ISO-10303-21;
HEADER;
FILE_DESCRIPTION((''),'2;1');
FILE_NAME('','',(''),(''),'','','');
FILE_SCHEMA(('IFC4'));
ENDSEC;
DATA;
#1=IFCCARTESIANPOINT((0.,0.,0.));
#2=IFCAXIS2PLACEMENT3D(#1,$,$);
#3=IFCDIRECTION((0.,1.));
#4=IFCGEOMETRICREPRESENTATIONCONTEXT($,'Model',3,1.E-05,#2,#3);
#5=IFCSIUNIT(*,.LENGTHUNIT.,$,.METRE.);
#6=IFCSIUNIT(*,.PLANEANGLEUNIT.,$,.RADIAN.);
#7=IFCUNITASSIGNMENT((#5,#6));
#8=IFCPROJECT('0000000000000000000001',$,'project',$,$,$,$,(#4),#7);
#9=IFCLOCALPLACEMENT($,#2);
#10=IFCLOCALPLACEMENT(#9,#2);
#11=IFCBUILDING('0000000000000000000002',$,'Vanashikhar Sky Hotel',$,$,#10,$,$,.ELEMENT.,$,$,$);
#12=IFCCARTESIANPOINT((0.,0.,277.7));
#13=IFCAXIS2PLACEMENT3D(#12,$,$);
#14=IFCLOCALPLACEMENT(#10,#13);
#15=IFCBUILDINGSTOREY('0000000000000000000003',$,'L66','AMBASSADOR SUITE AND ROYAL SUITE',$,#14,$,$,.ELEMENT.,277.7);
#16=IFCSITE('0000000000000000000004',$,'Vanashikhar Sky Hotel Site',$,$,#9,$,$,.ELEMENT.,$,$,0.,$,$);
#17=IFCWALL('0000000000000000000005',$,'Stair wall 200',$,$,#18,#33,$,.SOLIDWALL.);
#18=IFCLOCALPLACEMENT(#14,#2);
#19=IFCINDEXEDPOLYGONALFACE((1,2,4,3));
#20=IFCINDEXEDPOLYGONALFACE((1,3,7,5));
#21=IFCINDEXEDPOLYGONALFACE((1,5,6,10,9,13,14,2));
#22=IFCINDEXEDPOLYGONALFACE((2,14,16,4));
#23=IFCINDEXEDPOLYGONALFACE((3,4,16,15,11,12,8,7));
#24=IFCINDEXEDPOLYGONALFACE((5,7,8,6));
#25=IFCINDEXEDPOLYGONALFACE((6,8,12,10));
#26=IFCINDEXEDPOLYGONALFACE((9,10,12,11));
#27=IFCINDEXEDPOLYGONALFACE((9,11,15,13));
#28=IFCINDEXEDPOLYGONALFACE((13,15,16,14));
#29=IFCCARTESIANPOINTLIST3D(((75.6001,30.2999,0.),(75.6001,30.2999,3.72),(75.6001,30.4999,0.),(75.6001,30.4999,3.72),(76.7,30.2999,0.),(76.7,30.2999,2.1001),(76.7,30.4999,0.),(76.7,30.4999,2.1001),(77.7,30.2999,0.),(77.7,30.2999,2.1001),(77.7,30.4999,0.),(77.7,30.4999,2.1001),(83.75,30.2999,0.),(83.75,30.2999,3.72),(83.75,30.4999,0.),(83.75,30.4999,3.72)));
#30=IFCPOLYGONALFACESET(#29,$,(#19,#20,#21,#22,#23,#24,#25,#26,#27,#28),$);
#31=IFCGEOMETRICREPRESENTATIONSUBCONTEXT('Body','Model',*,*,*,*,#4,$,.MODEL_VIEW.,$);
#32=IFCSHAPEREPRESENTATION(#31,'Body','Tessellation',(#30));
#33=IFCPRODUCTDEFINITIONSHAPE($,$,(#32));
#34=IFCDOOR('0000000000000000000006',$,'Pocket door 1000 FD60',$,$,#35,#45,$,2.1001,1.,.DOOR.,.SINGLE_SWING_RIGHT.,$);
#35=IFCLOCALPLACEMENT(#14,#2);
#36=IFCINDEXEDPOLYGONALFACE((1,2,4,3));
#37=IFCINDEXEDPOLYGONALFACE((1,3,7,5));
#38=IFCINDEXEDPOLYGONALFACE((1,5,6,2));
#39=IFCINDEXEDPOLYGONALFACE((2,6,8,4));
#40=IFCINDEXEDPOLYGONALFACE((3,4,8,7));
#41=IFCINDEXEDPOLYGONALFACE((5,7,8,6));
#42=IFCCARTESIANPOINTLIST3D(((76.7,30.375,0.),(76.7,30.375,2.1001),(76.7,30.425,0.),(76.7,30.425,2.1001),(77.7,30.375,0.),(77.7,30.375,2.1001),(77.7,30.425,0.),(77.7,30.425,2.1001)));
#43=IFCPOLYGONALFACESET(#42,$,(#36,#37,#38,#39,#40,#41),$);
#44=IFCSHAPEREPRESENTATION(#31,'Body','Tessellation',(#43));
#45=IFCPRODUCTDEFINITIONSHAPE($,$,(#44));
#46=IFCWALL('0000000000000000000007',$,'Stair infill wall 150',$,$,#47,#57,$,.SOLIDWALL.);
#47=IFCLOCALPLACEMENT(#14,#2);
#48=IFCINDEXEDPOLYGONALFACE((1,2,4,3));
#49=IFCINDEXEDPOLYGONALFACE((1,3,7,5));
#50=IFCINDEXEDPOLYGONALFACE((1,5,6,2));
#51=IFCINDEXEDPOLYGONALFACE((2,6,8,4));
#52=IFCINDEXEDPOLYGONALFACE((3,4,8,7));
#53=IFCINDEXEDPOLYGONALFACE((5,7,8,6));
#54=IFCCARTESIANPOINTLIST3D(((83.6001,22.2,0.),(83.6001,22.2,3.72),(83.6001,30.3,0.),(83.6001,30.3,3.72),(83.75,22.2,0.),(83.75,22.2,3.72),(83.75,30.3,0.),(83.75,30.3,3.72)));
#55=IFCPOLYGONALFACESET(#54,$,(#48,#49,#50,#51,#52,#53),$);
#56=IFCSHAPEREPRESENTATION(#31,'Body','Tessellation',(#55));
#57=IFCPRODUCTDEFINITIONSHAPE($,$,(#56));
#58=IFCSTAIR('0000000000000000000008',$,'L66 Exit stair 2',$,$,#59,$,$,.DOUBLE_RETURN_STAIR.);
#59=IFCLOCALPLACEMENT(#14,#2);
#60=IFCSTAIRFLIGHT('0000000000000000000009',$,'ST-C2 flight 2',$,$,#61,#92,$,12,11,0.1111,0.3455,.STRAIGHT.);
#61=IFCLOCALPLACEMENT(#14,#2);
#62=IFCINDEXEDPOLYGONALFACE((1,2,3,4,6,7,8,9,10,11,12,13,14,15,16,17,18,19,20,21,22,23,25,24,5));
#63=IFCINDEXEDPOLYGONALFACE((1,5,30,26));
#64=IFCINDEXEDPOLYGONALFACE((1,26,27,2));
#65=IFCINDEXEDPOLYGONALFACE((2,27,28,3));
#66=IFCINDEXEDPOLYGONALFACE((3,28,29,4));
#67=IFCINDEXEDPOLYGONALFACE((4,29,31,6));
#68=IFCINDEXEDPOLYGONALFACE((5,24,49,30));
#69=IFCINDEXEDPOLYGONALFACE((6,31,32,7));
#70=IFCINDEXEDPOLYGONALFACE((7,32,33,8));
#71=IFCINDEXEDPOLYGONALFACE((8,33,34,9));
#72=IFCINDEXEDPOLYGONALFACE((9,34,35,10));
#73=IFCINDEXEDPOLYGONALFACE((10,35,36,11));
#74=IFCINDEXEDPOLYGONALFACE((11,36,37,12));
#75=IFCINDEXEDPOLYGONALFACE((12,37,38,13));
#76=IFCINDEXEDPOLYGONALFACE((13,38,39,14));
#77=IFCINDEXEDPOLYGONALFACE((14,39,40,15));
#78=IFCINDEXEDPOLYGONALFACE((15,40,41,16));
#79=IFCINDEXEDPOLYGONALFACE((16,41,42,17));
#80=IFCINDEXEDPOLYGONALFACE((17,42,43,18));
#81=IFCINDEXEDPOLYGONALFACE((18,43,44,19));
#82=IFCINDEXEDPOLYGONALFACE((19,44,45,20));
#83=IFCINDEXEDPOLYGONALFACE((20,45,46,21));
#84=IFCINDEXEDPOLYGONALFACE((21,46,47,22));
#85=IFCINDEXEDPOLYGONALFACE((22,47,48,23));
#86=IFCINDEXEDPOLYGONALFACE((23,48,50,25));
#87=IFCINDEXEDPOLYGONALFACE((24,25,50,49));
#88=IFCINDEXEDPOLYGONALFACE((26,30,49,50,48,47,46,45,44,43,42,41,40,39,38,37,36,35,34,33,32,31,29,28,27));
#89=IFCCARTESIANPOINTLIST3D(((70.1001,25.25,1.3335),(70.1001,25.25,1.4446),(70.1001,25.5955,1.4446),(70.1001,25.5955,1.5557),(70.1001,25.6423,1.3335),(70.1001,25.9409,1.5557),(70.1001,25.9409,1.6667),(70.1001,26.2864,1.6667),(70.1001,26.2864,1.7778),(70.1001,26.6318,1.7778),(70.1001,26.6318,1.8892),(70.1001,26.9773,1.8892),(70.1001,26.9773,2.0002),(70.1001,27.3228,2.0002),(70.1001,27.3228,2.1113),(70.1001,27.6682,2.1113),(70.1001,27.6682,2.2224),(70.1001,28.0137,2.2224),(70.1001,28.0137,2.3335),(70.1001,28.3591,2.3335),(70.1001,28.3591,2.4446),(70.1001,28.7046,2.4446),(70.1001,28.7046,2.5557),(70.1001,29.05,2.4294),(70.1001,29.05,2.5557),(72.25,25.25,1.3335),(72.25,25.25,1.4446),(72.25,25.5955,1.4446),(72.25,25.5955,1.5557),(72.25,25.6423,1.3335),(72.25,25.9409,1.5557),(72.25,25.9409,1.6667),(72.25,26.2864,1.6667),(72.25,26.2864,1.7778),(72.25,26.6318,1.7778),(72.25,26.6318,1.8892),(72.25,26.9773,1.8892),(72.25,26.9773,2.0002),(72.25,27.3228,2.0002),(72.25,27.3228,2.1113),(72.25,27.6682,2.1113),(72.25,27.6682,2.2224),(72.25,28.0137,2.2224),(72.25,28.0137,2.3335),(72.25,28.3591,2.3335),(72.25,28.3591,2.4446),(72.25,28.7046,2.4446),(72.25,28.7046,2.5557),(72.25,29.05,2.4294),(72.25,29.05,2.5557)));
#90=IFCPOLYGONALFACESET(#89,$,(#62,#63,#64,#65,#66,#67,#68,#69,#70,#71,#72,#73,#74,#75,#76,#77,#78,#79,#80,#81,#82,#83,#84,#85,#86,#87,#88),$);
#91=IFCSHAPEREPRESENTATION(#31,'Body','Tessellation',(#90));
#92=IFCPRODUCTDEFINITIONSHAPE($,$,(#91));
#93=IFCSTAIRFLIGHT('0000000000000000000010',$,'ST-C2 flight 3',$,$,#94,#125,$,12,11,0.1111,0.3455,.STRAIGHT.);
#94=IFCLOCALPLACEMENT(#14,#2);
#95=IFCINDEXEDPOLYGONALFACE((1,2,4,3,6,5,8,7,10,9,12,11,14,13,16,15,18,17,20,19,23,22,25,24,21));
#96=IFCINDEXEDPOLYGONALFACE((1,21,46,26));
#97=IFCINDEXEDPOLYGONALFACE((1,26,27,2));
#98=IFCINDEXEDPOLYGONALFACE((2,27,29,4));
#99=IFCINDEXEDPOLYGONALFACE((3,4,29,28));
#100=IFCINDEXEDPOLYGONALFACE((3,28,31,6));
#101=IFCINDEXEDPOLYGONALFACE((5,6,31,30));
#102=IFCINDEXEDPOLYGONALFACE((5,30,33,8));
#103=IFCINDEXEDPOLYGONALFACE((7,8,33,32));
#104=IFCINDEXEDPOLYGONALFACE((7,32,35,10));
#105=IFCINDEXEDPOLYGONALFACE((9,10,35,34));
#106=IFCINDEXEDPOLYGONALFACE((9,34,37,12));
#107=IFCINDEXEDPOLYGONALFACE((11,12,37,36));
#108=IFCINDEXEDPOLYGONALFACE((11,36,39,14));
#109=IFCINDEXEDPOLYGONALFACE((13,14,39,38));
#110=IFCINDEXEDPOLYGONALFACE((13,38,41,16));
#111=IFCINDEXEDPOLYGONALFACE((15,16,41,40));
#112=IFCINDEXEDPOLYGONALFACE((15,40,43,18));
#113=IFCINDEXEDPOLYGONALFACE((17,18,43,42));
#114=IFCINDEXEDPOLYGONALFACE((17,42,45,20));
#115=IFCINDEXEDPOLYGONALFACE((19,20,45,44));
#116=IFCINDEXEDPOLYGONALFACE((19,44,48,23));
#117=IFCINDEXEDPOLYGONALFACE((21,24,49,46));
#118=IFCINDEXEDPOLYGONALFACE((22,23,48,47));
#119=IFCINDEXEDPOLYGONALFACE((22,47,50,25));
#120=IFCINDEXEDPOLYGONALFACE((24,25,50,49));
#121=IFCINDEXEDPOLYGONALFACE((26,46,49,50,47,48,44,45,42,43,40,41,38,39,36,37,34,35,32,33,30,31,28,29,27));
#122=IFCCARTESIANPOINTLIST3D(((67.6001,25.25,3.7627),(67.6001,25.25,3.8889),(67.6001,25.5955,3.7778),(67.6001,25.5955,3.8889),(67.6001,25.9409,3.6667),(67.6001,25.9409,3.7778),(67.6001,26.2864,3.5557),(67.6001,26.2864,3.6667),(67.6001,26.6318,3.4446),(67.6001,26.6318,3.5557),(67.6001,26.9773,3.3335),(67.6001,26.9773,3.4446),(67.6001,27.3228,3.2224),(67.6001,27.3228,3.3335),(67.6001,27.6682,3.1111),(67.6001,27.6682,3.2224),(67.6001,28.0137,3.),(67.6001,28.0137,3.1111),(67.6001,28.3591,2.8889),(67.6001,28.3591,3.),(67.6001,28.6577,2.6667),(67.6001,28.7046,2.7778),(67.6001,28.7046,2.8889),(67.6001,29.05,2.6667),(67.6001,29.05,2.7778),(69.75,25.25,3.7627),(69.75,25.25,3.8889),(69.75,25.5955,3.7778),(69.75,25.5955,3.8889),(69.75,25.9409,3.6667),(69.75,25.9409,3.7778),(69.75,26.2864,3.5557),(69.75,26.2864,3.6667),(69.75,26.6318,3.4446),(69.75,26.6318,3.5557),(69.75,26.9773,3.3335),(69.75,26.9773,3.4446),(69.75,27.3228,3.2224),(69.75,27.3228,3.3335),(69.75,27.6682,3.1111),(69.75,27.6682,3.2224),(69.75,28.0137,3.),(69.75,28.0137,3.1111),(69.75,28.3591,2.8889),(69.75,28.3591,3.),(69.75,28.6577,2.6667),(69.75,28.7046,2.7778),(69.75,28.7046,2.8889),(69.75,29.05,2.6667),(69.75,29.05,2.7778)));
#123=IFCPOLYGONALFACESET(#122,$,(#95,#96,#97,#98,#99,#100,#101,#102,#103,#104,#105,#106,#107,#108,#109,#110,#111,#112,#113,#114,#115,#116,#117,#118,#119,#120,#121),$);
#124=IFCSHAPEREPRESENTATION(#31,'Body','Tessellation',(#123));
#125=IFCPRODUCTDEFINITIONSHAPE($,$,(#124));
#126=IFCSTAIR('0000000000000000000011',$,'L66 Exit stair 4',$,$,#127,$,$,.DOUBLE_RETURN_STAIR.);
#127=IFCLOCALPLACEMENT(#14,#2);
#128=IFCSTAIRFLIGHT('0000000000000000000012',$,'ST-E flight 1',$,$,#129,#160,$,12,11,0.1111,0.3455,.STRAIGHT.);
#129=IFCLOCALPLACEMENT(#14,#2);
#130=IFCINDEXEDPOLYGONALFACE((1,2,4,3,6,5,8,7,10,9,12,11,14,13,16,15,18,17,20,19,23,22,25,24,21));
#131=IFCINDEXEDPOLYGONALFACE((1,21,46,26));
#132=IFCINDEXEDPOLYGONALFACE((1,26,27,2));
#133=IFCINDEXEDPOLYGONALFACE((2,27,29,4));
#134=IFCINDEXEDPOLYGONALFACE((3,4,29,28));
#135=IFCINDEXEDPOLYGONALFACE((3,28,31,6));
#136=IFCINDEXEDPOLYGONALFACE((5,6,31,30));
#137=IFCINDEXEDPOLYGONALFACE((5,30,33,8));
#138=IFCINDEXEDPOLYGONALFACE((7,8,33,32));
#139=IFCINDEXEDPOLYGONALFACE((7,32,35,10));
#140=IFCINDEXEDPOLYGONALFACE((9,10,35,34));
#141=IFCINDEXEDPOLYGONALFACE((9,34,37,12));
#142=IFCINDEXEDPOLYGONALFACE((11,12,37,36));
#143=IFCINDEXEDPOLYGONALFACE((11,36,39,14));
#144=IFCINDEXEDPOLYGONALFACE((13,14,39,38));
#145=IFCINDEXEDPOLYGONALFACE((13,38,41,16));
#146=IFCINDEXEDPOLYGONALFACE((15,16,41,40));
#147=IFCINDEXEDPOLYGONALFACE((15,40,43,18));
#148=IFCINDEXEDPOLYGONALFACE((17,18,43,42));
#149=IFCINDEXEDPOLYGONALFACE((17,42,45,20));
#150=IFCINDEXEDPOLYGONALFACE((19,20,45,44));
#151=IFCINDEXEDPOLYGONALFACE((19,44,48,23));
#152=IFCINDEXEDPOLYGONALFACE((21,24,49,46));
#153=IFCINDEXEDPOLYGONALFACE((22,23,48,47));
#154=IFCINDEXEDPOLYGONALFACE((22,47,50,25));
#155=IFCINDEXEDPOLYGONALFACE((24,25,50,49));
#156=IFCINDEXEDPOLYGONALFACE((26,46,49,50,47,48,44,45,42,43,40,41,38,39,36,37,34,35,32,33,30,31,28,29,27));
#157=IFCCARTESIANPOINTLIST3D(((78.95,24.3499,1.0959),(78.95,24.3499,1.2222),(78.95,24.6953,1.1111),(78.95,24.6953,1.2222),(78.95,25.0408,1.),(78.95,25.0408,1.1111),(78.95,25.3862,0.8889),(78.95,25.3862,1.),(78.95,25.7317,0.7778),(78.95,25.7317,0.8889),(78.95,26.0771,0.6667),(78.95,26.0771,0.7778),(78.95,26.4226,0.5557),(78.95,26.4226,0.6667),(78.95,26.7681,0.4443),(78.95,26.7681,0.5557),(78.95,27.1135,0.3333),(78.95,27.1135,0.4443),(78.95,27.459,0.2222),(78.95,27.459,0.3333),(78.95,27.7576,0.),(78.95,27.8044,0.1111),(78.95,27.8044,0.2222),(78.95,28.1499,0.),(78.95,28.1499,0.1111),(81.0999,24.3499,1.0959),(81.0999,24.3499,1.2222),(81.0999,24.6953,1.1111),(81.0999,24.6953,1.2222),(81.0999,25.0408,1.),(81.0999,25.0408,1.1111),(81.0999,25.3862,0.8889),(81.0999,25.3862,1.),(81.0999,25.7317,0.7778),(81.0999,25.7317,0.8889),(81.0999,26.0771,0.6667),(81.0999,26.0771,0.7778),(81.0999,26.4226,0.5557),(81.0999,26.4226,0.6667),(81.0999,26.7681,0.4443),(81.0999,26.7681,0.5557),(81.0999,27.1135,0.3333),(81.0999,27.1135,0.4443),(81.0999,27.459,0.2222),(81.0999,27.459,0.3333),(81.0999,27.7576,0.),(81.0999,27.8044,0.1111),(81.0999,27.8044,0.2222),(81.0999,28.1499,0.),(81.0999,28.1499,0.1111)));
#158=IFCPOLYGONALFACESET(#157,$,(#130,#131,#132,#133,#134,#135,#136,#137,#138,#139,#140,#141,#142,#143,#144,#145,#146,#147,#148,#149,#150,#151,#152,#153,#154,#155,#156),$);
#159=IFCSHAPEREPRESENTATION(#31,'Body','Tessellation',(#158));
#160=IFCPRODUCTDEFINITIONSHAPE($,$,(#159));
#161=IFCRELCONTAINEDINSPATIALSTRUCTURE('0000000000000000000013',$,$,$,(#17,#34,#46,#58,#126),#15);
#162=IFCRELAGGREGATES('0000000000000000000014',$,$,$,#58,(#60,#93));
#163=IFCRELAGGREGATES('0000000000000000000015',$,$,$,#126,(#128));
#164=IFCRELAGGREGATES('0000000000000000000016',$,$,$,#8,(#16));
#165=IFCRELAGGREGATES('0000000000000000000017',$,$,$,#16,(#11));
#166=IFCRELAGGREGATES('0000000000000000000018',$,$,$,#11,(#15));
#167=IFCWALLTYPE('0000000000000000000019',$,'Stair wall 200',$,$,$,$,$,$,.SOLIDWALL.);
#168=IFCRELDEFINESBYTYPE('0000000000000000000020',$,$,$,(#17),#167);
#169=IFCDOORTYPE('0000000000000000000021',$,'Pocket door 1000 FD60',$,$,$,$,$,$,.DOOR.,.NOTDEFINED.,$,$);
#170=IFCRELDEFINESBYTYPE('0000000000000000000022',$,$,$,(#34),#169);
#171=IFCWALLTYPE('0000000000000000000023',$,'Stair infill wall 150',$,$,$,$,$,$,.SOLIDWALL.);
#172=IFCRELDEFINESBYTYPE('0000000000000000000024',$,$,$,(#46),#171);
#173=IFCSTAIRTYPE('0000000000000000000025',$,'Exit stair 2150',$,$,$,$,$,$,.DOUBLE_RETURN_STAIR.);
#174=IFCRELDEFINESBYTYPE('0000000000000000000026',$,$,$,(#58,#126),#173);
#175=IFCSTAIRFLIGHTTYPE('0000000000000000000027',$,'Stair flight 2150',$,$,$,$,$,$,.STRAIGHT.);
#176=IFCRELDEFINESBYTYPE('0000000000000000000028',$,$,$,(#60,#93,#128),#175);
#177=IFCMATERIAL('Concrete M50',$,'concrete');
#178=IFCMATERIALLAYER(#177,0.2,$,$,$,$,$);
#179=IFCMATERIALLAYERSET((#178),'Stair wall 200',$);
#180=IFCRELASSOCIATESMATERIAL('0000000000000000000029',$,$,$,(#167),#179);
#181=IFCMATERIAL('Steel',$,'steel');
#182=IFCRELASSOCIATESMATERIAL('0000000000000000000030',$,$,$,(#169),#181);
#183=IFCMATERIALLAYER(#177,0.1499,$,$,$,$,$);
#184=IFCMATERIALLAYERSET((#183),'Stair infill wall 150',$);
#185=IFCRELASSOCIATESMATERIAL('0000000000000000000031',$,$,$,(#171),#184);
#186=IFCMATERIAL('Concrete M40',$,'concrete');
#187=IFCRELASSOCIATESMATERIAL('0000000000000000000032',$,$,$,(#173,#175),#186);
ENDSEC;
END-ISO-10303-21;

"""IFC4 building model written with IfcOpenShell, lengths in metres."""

from ifc_helpers import new_model, si_unit, direction, frame, frame_2d, origin, place, context, subcontext, project, spatial, polyline, rectangle, outline, extrude, source, transform, mapped, material, layer, layer_set, type_object, element, fill, aggregate, save


model = new_model("IFC4")

# Units and contexts
model_context = context("Model", 3, precision=1e-05, world=origin(), true_north=direction((0.0, 1.0)))
body_context = subcontext(model_context, "Body", "Model", "MODEL_VIEW")
ifc_project = project(units=[si_unit("LENGTHUNIT", "METRE"), si_unit("PLANEANGLEUNIT", "RADIAN")], contexts=[model_context])

# Site, building, storey
site_placement = place(None, origin())
site = spatial("IfcSite", under=ifc_project, at=site_placement, Name="Vanashikhar Sky Hotel Site", CompositionType="ELEMENT", RefElevation=0.0)
building_placement = place(site_placement, origin())
building = spatial("IfcBuilding", under=site, at=building_placement, Name="Vanashikhar Sky Hotel", CompositionType="ELEMENT")
storey_placement = place(building_placement, frame((0.0, 0.0, 277.7)))
storey = spatial("IfcBuildingStorey", under=building, at=storey_placement, Name="L66", Description="AMBASSADOR SUITE AND ROYAL SUITE", CompositionType="ELEMENT", Elevation=277.7)

# Shared definitions
ifc_material_1 = material(Name="Concrete M50", Category="concrete")
ifc_material_2 = material(Name="Steel", Category="steel")
ifc_layer_1 = layer(ifc_material_1, 0.2)
ifc_layer_set_1 = layer_set([ifc_layer_1], Name="Stair wall 200")
wall_type_1 = type_object("IfcWallType", Name="Stair wall 200", PredefinedType="SOLIDWALL", material=ifc_layer_set_1)

# Shared definitions
ifc_material_3 = material(Name="Concrete M40", Category="concrete")

# Wall, opening, door
shared_shape_1 = source(origin(), body_context, "Body", "SweptSolid", [
    extrude(rectangle(XDim=8.1499, YDim=0.2, at=frame_2d((4.075, 0.0))), origin(), (0.0, 0.0, 1.0), 3.72),
])
wall_1_placement = place(storey_placement, frame((83.75, 30.3999, 0.0), z_axis=(0.0, 0.0, 1.0), x_axis=(-1.0, 0.0, 0.0)))
wall_1 = element("IfcWall", 1, at=wall_1_placement, inside=storey, type_object=wall_type_1, Name="Stair wall 200", PredefinedType="SOLIDWALL", context=body_context, shape_type="MappedRepresentation", body=[
    mapped(shared_shape_1, transform((0.0, 0.0, 0.0), scale=1.0)),
])
shared_shape_2 = source(origin(), body_context, "Body", "SweptSolid", [
    extrude(rectangle(XDim=1.0, YDim=2.1001, at=frame_2d((0.5, 1.05))), frame((0.0, 0.1099, 0.0), z_axis=(0.0, -1.0, 0.0), x_axis=(1.0, 0.0, 0.0)), (0.0, 0.0, 1.0), 0.22),
])
opening_1_placement = place(wall_1_placement, frame((6.05, 0.0, 0.0)))
opening_1 = element("IfcOpeningElement", 2, at=opening_1_placement, cuts=wall_1, PredefinedType="OPENING", context=body_context, shape_type="MappedRepresentation", body=[
    mapped(shared_shape_2, transform((0.0, 0.0, 0.0), scale=1.0)),
])
door_type_1 = type_object("IfcDoorType", Name="Pocket door 1000 FD60", OperationType="NOTDEFINED", PredefinedType="DOOR", material=ifc_material_2)
shared_shape_3 = source(origin(), body_context, "Body", "SweptSolid", [
    extrude(rectangle(XDim=1.0, YDim=2.1001, at=frame_2d((0.5, 1.05))), frame((0.0, 0.0249, 0.0), z_axis=(0.0, -1.0, 0.0), x_axis=(1.0, 0.0, 0.0)), (0.0, 0.0, 1.0), 0.05),
])
door_1_placement = place(opening_1_placement, origin())
door_1 = element("IfcDoor", 3, at=door_1_placement, inside=storey, type_object=door_type_1, Name="Pocket door 1000 FD60", OperationType="SINGLE_SWING_RIGHT", OverallHeight=2.1001, OverallWidth=1.0, PredefinedType="DOOR", context=body_context, shape_type="MappedRepresentation", body=[
    mapped(shared_shape_3, transform((0.0, 0.0, 0.0), scale=1.0)),
])
fill(opening_1, door_1)

# Wall
ifc_layer_2 = layer(ifc_material_1, 0.1499)
ifc_layer_set_2 = layer_set([ifc_layer_2], Name="Stair infill wall 150")
wall_type_2 = type_object("IfcWallType", Name="Stair infill wall 150", PredefinedType="SOLIDWALL", material=ifc_layer_set_2)
shared_shape_4 = source(origin(), body_context, "Body", "SweptSolid", [
    extrude(rectangle(XDim=8.1001, YDim=0.1499, at=frame_2d((4.05, 0.0))), origin(), (0.0, 0.0, 1.0), 3.72),
])
wall_2_placement = place(storey_placement, frame((83.675, 22.2, 0.0), z_axis=(0.0, 0.0, 1.0), x_axis=(0.0, 1.0, 0.0)))
element("IfcWall", 4, at=wall_2_placement, inside=storey, type_object=wall_type_2, Name="Stair infill wall 150", PredefinedType="SOLIDWALL", context=body_context, shape_type="MappedRepresentation", body=[
    mapped(shared_shape_4, transform((0.0, 0.0, 0.0), scale=1.0)),
])

# Stairs, stair flights
stair_type = type_object("IfcStairType", Name="Exit stair 2150", PredefinedType="DOUBLE_RETURN_STAIR", material=ifc_material_3)
stair_1_placement = place(storey_placement, origin())
stair_1 = element("IfcStair", 5, at=stair_1_placement, inside=storey, type_object=stair_type, Name="L66 Exit stair 2", PredefinedType="DOUBLE_RETURN_STAIR")
stair_flight_type = type_object("IfcStairFlightType", Name="Stair flight 2150", PredefinedType="STRAIGHT", material=ifc_material_3)
shared_shape_5 = source(origin(), body_context, "Body", "SweptSolid", [
    extrude(outline(polyline([(0.0, 0.0), (0.0, 0.1111), (0.3455, 0.1111), (0.3455, 0.2222), (0.6909, 0.2222), (0.6909, 0.3333), (1.0364, 0.3333), (1.0364, 0.4443), (1.3818, 0.4443), (1.3818, 0.5557), (1.7273, 0.5557), (1.7273, 0.6667), (2.0728, 0.6667), (2.0728, 0.7778), (2.4182, 0.7778), (2.4182, 0.8889), (2.7637, 0.8889), (2.7637, 1.0), (3.1091, 1.0), (3.1091, 1.1111), (3.4546, 1.1111), (3.4546, 1.2222), (3.8, 1.2222), (3.8, 1.3333), (3.8, 1.0959), (0.3923, 0.0), (0.0, 0.0)])), frame((0.0, 1.075, 0.0), z_axis=(0.0, -1.0, 0.0), x_axis=(1.0, 0.0, 0.0)), (0.0, 0.0, 1.0), 2.1499),
])
stair_flight_1_placement = place(storey_placement, frame((71.175, 25.25, 1.3335), z_axis=(0.0, 0.0, 1.0), x_axis=(0.0, 1.0, 0.0)))
stair_flight_1 = element("IfcStairFlight", 6, at=stair_flight_1_placement, type_object=stair_flight_type, Name="ST-C2 flight 2", NumberOfRisers=12, NumberOfTreads=11, PredefinedType="STRAIGHT", RiserHeight=0.1111, TreadLength=0.3455, context=body_context, shape_type="MappedRepresentation", body=[
    mapped(shared_shape_5, transform((0.0, 0.0, 0.0), scale=1.0)),
])
stair_flight_2_placement = place(storey_placement, frame((68.675, 29.05, 2.6667), z_axis=(0.0, 0.0, 1.0), x_axis=(0.0, -1.0, 0.0)))
stair_flight_2 = element("IfcStairFlight", 7, at=stair_flight_2_placement, type_object=stair_flight_type, Name="ST-C2 flight 3", NumberOfRisers=12, NumberOfTreads=11, PredefinedType="STRAIGHT", RiserHeight=0.1111, TreadLength=0.3455, context=body_context, shape_type="MappedRepresentation", body=[
    mapped(shared_shape_5, transform((0.0, 0.0, 0.0), scale=1.0)),
])
aggregate(stair_1, [stair_flight_1, stair_flight_2])
stair_2_placement = place(storey_placement, origin())
stair_2 = element("IfcStair", 8, at=stair_2_placement, inside=storey, type_object=stair_type, Name="L66 Exit stair 4", PredefinedType="DOUBLE_RETURN_STAIR")
stair_flight_3_placement = place(storey_placement, frame((80.0249, 28.1499, 0.0), z_axis=(0.0, 0.0, 1.0), x_axis=(0.0, -1.0, 0.0)))
stair_flight_3 = element("IfcStairFlight", 9, at=stair_flight_3_placement, type_object=stair_flight_type, Name="ST-E flight 1", NumberOfRisers=12, NumberOfTreads=11, PredefinedType="STRAIGHT", RiserHeight=0.1111, TreadLength=0.3455, context=body_context, shape_type="MappedRepresentation", body=[
    mapped(shared_shape_5, transform((0.0, 0.0, 0.0), scale=1.0)),
])
aggregate(stair_2, [stair_flight_3])

save(model, "model.ifc")
